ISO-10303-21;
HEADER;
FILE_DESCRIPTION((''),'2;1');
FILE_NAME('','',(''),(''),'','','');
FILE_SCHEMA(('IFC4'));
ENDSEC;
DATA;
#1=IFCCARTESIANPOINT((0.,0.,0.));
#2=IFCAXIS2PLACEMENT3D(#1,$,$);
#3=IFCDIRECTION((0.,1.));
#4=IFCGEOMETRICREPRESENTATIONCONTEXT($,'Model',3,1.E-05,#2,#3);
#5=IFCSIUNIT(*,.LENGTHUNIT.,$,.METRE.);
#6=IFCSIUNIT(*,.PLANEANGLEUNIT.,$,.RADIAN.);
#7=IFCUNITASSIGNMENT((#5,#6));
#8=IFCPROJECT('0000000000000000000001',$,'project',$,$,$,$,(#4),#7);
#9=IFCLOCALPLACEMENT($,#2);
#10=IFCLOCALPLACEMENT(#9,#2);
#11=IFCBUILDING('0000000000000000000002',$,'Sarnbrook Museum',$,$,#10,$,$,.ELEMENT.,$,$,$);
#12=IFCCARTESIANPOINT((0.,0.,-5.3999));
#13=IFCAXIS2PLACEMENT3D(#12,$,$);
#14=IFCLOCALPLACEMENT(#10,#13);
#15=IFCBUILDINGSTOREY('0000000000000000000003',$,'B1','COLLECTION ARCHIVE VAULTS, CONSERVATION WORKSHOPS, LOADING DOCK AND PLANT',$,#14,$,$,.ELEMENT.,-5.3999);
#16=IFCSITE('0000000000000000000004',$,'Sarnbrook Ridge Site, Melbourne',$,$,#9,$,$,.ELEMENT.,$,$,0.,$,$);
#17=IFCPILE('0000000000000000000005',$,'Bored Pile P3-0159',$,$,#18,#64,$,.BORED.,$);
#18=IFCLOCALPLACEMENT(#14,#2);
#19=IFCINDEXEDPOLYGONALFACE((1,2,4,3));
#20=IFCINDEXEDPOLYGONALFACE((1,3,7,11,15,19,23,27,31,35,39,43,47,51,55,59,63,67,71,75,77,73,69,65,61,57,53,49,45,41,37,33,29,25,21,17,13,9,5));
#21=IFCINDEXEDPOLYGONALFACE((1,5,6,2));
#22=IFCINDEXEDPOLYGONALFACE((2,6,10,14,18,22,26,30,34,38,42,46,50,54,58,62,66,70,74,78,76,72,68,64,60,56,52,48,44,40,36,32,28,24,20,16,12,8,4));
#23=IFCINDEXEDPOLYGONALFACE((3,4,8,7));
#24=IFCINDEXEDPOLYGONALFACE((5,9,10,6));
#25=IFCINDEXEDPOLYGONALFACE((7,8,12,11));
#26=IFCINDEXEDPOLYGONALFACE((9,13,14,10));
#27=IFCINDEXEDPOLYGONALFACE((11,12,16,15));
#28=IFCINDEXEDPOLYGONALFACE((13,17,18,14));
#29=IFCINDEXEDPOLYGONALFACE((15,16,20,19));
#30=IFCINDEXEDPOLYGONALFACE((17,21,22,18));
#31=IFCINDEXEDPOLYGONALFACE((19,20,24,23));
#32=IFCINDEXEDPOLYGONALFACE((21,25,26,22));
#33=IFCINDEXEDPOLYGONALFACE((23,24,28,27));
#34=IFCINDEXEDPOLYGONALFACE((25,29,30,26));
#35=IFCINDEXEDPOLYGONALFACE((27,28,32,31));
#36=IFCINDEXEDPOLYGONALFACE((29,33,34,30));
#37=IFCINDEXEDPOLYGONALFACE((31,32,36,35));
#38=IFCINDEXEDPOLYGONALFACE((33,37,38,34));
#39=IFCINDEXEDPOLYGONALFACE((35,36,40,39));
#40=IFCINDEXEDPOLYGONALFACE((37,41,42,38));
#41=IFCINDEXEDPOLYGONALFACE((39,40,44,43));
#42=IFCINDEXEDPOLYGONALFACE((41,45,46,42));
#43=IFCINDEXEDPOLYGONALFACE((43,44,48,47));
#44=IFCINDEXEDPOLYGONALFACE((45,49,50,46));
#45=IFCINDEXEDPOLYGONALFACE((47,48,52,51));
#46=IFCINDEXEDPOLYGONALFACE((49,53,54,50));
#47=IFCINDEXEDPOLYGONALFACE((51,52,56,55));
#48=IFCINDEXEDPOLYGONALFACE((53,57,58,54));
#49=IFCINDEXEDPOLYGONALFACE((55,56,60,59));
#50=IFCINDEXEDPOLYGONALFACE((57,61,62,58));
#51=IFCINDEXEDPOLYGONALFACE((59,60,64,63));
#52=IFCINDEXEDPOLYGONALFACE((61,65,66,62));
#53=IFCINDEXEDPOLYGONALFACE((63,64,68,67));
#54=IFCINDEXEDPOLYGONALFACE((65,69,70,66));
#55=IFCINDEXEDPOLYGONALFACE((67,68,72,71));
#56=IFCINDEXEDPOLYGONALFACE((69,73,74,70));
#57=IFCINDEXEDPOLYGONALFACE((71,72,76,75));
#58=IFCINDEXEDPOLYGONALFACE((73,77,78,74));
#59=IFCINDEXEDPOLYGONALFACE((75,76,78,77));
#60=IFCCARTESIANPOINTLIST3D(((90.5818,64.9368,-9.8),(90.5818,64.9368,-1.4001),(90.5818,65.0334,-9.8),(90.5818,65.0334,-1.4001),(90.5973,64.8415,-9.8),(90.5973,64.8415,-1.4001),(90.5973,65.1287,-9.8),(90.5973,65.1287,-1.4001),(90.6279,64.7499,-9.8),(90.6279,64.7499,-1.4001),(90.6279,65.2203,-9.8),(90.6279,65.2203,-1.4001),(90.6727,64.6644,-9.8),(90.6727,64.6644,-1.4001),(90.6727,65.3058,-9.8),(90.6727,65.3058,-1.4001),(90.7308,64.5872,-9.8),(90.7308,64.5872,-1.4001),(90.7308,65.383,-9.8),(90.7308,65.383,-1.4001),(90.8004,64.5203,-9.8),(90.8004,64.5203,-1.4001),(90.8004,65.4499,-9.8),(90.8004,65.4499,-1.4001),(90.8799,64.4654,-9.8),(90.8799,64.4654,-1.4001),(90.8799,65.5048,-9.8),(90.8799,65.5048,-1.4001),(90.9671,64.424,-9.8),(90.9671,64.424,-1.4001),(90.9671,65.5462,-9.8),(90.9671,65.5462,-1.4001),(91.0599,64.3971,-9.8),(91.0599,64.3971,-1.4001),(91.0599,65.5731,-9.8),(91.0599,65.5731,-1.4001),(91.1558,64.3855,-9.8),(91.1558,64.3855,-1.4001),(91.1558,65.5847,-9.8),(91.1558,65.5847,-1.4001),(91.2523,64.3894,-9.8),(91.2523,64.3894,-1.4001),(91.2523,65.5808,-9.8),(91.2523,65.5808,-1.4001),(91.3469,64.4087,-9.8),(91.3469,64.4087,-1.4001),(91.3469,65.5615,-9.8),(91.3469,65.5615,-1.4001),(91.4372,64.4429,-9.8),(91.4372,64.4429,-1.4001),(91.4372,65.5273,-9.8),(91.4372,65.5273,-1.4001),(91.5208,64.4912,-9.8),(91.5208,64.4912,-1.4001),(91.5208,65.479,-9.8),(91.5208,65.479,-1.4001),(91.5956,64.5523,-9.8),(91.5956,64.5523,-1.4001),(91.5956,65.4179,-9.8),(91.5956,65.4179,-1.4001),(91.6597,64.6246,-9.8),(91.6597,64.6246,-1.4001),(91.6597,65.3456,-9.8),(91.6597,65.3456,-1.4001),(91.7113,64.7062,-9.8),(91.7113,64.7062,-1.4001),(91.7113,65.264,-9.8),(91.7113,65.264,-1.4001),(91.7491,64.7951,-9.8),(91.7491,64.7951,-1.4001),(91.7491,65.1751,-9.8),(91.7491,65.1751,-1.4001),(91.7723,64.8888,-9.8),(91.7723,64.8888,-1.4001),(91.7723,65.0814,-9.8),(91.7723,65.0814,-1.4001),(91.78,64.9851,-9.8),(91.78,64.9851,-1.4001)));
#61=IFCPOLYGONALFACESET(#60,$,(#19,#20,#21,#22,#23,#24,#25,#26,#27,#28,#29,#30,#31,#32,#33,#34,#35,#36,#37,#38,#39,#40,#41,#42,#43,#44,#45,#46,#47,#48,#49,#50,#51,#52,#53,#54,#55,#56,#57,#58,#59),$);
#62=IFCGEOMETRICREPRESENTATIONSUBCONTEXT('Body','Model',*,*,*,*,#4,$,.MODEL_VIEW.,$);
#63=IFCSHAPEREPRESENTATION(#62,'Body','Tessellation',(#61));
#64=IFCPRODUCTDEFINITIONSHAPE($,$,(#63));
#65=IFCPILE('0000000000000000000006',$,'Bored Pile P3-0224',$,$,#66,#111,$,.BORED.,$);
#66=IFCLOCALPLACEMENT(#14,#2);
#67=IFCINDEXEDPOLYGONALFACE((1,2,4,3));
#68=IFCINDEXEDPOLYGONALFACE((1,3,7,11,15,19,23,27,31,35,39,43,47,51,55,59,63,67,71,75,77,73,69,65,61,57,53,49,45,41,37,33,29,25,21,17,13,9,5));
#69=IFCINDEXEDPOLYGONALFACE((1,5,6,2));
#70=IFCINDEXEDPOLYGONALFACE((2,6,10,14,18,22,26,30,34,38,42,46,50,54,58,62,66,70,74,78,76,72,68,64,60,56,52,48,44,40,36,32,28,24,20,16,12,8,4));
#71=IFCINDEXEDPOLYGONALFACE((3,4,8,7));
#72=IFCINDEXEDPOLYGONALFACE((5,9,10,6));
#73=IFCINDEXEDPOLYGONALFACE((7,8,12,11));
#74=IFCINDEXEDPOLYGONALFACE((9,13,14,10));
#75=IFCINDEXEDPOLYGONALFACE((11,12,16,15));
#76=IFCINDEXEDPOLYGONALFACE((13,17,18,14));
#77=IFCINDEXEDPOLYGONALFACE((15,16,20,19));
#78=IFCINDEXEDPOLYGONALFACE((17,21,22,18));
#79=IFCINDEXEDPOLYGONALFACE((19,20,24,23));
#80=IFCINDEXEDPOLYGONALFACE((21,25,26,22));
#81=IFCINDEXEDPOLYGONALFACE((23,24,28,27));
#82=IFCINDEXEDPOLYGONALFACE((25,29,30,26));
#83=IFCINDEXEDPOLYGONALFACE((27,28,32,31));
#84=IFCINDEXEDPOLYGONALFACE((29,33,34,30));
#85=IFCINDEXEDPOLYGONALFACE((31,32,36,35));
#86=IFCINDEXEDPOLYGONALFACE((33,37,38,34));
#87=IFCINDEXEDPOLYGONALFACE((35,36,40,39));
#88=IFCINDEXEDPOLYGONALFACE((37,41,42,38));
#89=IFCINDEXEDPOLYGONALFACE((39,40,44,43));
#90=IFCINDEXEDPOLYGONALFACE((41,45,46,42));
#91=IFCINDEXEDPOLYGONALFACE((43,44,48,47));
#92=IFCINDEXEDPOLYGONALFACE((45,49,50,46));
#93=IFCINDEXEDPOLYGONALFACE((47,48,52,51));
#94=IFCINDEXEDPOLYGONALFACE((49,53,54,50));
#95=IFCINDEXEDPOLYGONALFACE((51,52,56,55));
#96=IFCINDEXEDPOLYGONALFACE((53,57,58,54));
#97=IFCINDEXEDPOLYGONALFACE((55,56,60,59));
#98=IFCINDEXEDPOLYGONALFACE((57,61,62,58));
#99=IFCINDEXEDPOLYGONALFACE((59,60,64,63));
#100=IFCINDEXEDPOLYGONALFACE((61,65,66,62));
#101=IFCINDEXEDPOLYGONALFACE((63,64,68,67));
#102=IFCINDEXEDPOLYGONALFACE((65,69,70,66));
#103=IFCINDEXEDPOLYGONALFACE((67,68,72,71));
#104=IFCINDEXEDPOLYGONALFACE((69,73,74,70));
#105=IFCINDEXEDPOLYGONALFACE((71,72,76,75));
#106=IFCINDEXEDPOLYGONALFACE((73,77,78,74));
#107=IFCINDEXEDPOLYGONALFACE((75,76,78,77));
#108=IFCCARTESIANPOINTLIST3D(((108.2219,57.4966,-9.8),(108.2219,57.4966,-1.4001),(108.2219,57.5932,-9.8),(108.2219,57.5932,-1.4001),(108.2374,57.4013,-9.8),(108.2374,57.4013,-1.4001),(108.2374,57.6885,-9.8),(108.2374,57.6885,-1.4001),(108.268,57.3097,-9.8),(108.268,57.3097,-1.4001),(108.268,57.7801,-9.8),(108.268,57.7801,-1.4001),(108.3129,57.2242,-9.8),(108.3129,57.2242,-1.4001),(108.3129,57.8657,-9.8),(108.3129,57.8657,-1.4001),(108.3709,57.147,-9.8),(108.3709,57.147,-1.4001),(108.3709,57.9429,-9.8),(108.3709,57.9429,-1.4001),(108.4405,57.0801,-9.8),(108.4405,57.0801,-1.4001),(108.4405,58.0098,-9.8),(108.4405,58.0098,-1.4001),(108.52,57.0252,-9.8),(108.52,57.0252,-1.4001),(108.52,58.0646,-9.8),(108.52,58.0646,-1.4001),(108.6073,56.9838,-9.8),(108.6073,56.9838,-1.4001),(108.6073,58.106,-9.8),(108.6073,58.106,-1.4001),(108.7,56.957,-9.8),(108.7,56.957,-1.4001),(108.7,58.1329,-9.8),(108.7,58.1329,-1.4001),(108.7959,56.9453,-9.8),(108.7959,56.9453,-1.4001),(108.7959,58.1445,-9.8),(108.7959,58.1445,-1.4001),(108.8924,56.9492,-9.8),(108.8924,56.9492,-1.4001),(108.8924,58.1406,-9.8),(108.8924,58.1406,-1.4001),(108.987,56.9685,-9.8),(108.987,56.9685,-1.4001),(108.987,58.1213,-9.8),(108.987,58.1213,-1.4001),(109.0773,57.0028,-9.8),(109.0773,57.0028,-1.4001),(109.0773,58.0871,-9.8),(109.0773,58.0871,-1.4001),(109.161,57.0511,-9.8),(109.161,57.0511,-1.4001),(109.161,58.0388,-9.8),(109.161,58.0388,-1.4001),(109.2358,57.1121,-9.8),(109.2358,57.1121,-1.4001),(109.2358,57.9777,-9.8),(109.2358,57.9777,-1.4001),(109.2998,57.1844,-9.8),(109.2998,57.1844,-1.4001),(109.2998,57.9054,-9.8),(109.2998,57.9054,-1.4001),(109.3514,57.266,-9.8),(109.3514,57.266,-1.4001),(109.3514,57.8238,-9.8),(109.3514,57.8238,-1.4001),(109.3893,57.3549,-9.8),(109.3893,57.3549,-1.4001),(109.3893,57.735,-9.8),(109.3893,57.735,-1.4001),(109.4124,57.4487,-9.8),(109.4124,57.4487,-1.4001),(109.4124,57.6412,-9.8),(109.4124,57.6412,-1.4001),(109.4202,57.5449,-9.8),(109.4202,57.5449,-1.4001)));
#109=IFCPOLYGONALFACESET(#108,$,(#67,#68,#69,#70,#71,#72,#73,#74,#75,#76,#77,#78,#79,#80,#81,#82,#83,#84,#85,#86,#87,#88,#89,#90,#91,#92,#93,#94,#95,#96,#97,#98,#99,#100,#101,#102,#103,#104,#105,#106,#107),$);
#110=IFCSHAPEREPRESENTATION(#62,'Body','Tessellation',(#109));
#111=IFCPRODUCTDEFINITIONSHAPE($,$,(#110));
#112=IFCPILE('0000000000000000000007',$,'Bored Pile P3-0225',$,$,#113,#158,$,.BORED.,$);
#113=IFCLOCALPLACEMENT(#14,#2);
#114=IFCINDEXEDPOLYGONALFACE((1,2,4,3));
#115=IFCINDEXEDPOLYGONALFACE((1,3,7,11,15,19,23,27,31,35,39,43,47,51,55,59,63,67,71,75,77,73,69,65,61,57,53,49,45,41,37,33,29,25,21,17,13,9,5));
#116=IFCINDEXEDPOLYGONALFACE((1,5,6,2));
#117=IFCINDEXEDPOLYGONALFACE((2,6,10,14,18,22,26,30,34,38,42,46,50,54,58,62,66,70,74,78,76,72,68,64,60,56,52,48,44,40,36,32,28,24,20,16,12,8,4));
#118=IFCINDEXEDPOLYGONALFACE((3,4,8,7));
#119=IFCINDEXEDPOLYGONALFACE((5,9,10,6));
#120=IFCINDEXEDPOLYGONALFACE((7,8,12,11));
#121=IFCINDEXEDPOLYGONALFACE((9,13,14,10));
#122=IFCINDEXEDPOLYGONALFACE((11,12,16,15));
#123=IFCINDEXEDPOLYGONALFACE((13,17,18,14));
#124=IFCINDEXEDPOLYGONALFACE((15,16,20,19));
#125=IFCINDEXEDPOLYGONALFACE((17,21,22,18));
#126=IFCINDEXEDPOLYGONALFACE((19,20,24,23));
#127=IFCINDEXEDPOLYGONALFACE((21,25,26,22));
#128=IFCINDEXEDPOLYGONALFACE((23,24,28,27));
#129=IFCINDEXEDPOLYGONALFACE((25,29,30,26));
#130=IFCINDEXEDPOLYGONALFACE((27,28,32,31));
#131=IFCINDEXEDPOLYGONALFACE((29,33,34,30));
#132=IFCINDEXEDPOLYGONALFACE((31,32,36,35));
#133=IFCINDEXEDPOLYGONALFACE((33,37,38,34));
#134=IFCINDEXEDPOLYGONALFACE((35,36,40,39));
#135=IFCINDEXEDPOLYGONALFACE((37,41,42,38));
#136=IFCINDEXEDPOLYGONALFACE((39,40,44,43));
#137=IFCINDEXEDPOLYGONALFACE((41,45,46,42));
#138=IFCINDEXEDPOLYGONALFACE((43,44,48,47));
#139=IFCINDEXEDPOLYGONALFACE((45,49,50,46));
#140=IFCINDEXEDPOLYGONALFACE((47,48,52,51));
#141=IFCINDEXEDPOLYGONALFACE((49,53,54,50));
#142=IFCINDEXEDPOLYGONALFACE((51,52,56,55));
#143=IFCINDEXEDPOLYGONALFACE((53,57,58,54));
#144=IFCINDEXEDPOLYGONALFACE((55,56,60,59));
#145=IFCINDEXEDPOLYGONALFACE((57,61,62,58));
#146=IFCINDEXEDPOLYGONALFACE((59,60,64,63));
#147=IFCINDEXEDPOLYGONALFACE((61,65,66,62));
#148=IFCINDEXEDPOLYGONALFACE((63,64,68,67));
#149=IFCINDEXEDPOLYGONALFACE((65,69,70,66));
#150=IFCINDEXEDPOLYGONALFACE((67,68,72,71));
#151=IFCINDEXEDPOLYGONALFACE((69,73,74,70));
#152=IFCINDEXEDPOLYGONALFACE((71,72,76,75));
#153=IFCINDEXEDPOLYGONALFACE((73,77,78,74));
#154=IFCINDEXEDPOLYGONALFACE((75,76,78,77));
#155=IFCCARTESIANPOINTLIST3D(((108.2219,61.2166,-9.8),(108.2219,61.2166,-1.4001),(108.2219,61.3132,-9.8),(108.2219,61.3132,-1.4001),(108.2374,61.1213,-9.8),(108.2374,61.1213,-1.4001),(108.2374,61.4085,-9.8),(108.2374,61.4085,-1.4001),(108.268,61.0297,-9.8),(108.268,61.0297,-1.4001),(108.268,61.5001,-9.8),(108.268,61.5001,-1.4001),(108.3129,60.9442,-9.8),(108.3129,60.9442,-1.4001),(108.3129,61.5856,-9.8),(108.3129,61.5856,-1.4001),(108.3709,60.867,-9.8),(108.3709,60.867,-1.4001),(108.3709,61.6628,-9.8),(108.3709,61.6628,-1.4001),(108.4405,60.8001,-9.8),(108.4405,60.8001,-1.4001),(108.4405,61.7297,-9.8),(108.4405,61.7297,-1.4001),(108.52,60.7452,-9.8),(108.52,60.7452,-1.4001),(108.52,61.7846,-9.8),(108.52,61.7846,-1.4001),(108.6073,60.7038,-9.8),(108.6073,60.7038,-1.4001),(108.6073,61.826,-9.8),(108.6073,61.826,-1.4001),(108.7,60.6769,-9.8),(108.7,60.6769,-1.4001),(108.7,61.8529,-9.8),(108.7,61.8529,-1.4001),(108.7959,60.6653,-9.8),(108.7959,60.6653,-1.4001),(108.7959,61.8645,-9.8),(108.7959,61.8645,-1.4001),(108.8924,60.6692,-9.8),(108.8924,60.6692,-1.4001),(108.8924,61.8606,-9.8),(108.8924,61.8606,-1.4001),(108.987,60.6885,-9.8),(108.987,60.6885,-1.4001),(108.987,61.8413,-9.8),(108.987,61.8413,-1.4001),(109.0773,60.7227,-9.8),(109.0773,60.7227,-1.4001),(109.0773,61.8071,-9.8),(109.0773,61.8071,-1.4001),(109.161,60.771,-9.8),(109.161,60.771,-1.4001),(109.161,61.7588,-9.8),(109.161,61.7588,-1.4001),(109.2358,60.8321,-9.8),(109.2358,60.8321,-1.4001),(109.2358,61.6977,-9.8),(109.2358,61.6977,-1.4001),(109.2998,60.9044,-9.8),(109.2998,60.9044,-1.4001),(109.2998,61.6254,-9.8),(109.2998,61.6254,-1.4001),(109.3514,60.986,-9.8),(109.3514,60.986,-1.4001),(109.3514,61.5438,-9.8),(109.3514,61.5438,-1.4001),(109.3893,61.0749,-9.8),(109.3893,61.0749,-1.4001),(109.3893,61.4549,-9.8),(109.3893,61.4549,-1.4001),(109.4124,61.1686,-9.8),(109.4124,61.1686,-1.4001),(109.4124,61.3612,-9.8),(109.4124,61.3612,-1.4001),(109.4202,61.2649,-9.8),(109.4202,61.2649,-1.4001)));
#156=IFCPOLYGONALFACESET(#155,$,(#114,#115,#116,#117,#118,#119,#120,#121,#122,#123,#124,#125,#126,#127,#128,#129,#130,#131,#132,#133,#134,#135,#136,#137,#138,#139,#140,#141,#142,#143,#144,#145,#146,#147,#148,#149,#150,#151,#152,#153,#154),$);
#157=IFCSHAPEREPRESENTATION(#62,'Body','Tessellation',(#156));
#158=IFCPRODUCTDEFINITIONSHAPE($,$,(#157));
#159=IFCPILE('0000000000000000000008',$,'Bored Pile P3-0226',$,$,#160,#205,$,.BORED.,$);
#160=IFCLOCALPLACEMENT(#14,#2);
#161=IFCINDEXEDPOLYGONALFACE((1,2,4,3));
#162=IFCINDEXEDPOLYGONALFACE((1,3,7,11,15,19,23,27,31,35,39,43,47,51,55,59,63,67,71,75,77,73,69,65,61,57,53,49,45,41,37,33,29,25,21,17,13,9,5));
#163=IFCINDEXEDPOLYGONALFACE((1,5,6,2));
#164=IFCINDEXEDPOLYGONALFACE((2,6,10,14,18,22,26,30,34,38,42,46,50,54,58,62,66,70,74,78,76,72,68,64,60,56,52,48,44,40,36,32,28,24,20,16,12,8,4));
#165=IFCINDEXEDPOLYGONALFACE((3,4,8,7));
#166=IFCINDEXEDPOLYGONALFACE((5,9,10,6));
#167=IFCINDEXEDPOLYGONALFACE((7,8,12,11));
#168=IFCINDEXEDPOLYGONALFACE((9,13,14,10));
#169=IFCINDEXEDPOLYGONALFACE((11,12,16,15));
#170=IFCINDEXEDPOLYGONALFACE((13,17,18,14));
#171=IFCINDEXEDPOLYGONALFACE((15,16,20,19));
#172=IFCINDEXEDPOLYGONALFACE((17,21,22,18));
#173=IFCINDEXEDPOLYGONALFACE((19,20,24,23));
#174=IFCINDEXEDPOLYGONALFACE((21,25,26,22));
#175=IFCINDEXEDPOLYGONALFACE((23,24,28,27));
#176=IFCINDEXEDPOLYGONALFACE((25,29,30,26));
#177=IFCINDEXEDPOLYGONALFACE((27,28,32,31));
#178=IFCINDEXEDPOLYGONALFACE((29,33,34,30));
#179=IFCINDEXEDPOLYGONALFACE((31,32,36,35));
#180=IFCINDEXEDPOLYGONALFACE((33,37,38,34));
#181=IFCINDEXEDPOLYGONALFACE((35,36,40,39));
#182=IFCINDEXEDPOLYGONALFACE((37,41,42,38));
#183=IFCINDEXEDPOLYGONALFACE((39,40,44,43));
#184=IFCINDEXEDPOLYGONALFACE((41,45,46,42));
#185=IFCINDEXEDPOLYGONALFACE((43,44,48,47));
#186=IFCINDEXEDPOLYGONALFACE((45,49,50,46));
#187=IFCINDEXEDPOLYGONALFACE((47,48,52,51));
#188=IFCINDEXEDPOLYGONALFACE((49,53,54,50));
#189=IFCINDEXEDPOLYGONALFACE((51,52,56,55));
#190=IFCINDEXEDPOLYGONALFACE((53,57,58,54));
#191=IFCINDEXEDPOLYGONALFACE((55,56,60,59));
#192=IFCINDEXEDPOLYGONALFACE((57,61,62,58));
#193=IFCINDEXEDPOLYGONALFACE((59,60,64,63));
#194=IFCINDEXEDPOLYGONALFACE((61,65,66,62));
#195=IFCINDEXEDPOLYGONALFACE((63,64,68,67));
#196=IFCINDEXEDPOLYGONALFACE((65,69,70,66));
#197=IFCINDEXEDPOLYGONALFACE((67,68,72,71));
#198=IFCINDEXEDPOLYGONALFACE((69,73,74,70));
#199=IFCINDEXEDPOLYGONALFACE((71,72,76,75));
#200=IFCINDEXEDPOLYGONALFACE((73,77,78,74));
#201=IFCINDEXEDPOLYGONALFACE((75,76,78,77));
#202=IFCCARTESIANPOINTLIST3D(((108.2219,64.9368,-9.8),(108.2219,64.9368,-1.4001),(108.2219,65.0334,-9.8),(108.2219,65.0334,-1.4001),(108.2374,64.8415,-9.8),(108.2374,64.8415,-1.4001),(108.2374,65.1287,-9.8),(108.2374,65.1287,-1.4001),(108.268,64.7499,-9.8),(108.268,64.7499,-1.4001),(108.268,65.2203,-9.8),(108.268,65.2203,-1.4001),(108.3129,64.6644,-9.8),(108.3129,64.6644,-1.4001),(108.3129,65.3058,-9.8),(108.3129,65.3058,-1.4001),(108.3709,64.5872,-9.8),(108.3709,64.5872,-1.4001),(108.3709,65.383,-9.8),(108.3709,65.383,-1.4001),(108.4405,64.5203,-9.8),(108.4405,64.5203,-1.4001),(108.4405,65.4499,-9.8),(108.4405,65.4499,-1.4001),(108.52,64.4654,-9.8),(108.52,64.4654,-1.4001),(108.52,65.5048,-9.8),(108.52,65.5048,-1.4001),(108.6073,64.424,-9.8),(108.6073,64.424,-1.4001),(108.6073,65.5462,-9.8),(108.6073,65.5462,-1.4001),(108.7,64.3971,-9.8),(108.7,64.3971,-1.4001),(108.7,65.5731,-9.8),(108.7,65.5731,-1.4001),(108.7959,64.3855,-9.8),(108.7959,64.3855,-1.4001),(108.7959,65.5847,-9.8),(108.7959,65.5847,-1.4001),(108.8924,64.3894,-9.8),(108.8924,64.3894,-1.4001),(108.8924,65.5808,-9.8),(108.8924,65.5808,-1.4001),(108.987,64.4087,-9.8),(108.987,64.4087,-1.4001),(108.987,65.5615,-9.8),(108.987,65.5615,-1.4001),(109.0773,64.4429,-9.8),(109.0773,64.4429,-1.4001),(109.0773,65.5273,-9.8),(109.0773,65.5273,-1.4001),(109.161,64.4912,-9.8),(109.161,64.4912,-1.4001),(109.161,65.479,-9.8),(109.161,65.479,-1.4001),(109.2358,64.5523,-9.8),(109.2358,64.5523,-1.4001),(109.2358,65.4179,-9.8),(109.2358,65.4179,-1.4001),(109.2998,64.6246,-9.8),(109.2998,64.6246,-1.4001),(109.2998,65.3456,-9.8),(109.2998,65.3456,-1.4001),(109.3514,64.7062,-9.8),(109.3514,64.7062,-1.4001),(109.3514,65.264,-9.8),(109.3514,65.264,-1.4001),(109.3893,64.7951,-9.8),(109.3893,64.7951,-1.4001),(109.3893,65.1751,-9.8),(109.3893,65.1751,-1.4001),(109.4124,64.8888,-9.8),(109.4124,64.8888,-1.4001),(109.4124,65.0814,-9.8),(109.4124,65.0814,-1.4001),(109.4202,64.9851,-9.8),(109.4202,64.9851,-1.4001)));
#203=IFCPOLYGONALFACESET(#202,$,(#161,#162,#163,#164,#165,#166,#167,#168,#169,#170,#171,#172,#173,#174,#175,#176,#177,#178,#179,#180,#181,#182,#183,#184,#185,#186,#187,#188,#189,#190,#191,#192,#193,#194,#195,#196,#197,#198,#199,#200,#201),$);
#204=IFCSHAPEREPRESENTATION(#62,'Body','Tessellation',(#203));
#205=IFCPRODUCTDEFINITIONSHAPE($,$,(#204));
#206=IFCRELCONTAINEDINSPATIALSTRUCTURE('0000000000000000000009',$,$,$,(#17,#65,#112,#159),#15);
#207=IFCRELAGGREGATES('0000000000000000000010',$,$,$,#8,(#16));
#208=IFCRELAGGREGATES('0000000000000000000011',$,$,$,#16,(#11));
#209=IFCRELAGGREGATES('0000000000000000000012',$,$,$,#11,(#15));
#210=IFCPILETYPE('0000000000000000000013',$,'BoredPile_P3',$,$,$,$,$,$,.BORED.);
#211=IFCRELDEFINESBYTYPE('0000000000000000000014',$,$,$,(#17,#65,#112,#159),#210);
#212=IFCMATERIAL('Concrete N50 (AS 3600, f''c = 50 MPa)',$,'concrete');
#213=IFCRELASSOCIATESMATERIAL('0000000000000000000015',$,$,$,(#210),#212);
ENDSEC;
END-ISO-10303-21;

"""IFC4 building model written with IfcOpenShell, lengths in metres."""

from ifc_helpers import new_model, si_unit, direction, frame, origin, origin_2d, place, context, subcontext, project, spatial, circle, extrude, material, material_profile, profile_set, type_object, element, save


model = new_model("IFC4")

# Units and contexts
model_context = context("Model", 3, precision=1e-05, world=origin(), true_north=direction((0.0, 1.0)))
body_context = subcontext(model_context, "Body", "Model", "MODEL_VIEW")
ifc_project = project(units=[si_unit("LENGTHUNIT", "METRE"), si_unit("PLANEANGLEUNIT", "RADIAN")], contexts=[model_context])

# Site, building, storey
site_placement = place(None, origin())
site = spatial("IfcSite", under=ifc_project, at=site_placement, Name="Sarnbrook Ridge Site, Melbourne", CompositionType="ELEMENT", RefElevation=0.0)
building_placement = place(site_placement, origin())
building = spatial("IfcBuilding", under=site, at=building_placement, Name="Sarnbrook Museum", CompositionType="ELEMENT")
storey_placement = place(building_placement, frame((0.0, 0.0, -5.3999)))
storey = spatial("IfcBuildingStorey", under=building, at=storey_placement, Name="B1", Description="COLLECTION ARCHIVE VAULTS, CONSERVATION WORKSHOPS, LOADING DOCK AND PLANT", CompositionType="ELEMENT", Elevation=-5.3999)

# Piles
ifc_material_1 = material(Name="Concrete N50 (AS 3600, f'c = 50 MPa)", Category="concrete")
ifc_material_profile_1 = material_profile(ifc_material_1, circle(Radius=0.6001, at=origin_2d()), Name="BORED PILE D1200")
ifc_profile_set_1 = profile_set([ifc_material_profile_1], Name="Concrete N50 (AS 3600, f'c = 50 MPa)")
pile_type_1 = type_object("IfcPileType", Name="BoredPile_P3", PredefinedType="BORED", material=ifc_profile_set_1)
for number, where, z_axis, x_axis, name in (
    (1, (91.1799, 64.9851, -1.4001), (0.0, 0.0, -1.0), (1.0, 0.0, 0.0), "Bored Pile P3-0159"),
    (2, (108.8201, 57.5449, -1.4001), (0.0, 0.0, -1.0), (1.0, 0.0, 0.0), "Bored Pile P3-0224"),
    (3, (108.8201, 61.2649, -1.4001), (0.0, 0.0, -1.0), (1.0, 0.0, 0.0), "Bored Pile P3-0225"),
    (4, (108.8201, 64.9851, -1.4001), (0.0, 0.0, -1.0), (1.0, 0.0, 0.0), "Bored Pile P3-0226"),
):
    element("IfcPile", number, at=place(storey_placement, frame(where, z_axis=z_axis, x_axis=x_axis)), inside=storey, type_object=pile_type_1, Name=name, PredefinedType="BORED", context=body_context, shape_type="SweptSolid", body=[
        extrude(circle(Radius=0.6001, at=origin_2d()), origin(), (0.0, 0.0, 1.0), 8.3999),
    ])

save(model, "model.ifc")
